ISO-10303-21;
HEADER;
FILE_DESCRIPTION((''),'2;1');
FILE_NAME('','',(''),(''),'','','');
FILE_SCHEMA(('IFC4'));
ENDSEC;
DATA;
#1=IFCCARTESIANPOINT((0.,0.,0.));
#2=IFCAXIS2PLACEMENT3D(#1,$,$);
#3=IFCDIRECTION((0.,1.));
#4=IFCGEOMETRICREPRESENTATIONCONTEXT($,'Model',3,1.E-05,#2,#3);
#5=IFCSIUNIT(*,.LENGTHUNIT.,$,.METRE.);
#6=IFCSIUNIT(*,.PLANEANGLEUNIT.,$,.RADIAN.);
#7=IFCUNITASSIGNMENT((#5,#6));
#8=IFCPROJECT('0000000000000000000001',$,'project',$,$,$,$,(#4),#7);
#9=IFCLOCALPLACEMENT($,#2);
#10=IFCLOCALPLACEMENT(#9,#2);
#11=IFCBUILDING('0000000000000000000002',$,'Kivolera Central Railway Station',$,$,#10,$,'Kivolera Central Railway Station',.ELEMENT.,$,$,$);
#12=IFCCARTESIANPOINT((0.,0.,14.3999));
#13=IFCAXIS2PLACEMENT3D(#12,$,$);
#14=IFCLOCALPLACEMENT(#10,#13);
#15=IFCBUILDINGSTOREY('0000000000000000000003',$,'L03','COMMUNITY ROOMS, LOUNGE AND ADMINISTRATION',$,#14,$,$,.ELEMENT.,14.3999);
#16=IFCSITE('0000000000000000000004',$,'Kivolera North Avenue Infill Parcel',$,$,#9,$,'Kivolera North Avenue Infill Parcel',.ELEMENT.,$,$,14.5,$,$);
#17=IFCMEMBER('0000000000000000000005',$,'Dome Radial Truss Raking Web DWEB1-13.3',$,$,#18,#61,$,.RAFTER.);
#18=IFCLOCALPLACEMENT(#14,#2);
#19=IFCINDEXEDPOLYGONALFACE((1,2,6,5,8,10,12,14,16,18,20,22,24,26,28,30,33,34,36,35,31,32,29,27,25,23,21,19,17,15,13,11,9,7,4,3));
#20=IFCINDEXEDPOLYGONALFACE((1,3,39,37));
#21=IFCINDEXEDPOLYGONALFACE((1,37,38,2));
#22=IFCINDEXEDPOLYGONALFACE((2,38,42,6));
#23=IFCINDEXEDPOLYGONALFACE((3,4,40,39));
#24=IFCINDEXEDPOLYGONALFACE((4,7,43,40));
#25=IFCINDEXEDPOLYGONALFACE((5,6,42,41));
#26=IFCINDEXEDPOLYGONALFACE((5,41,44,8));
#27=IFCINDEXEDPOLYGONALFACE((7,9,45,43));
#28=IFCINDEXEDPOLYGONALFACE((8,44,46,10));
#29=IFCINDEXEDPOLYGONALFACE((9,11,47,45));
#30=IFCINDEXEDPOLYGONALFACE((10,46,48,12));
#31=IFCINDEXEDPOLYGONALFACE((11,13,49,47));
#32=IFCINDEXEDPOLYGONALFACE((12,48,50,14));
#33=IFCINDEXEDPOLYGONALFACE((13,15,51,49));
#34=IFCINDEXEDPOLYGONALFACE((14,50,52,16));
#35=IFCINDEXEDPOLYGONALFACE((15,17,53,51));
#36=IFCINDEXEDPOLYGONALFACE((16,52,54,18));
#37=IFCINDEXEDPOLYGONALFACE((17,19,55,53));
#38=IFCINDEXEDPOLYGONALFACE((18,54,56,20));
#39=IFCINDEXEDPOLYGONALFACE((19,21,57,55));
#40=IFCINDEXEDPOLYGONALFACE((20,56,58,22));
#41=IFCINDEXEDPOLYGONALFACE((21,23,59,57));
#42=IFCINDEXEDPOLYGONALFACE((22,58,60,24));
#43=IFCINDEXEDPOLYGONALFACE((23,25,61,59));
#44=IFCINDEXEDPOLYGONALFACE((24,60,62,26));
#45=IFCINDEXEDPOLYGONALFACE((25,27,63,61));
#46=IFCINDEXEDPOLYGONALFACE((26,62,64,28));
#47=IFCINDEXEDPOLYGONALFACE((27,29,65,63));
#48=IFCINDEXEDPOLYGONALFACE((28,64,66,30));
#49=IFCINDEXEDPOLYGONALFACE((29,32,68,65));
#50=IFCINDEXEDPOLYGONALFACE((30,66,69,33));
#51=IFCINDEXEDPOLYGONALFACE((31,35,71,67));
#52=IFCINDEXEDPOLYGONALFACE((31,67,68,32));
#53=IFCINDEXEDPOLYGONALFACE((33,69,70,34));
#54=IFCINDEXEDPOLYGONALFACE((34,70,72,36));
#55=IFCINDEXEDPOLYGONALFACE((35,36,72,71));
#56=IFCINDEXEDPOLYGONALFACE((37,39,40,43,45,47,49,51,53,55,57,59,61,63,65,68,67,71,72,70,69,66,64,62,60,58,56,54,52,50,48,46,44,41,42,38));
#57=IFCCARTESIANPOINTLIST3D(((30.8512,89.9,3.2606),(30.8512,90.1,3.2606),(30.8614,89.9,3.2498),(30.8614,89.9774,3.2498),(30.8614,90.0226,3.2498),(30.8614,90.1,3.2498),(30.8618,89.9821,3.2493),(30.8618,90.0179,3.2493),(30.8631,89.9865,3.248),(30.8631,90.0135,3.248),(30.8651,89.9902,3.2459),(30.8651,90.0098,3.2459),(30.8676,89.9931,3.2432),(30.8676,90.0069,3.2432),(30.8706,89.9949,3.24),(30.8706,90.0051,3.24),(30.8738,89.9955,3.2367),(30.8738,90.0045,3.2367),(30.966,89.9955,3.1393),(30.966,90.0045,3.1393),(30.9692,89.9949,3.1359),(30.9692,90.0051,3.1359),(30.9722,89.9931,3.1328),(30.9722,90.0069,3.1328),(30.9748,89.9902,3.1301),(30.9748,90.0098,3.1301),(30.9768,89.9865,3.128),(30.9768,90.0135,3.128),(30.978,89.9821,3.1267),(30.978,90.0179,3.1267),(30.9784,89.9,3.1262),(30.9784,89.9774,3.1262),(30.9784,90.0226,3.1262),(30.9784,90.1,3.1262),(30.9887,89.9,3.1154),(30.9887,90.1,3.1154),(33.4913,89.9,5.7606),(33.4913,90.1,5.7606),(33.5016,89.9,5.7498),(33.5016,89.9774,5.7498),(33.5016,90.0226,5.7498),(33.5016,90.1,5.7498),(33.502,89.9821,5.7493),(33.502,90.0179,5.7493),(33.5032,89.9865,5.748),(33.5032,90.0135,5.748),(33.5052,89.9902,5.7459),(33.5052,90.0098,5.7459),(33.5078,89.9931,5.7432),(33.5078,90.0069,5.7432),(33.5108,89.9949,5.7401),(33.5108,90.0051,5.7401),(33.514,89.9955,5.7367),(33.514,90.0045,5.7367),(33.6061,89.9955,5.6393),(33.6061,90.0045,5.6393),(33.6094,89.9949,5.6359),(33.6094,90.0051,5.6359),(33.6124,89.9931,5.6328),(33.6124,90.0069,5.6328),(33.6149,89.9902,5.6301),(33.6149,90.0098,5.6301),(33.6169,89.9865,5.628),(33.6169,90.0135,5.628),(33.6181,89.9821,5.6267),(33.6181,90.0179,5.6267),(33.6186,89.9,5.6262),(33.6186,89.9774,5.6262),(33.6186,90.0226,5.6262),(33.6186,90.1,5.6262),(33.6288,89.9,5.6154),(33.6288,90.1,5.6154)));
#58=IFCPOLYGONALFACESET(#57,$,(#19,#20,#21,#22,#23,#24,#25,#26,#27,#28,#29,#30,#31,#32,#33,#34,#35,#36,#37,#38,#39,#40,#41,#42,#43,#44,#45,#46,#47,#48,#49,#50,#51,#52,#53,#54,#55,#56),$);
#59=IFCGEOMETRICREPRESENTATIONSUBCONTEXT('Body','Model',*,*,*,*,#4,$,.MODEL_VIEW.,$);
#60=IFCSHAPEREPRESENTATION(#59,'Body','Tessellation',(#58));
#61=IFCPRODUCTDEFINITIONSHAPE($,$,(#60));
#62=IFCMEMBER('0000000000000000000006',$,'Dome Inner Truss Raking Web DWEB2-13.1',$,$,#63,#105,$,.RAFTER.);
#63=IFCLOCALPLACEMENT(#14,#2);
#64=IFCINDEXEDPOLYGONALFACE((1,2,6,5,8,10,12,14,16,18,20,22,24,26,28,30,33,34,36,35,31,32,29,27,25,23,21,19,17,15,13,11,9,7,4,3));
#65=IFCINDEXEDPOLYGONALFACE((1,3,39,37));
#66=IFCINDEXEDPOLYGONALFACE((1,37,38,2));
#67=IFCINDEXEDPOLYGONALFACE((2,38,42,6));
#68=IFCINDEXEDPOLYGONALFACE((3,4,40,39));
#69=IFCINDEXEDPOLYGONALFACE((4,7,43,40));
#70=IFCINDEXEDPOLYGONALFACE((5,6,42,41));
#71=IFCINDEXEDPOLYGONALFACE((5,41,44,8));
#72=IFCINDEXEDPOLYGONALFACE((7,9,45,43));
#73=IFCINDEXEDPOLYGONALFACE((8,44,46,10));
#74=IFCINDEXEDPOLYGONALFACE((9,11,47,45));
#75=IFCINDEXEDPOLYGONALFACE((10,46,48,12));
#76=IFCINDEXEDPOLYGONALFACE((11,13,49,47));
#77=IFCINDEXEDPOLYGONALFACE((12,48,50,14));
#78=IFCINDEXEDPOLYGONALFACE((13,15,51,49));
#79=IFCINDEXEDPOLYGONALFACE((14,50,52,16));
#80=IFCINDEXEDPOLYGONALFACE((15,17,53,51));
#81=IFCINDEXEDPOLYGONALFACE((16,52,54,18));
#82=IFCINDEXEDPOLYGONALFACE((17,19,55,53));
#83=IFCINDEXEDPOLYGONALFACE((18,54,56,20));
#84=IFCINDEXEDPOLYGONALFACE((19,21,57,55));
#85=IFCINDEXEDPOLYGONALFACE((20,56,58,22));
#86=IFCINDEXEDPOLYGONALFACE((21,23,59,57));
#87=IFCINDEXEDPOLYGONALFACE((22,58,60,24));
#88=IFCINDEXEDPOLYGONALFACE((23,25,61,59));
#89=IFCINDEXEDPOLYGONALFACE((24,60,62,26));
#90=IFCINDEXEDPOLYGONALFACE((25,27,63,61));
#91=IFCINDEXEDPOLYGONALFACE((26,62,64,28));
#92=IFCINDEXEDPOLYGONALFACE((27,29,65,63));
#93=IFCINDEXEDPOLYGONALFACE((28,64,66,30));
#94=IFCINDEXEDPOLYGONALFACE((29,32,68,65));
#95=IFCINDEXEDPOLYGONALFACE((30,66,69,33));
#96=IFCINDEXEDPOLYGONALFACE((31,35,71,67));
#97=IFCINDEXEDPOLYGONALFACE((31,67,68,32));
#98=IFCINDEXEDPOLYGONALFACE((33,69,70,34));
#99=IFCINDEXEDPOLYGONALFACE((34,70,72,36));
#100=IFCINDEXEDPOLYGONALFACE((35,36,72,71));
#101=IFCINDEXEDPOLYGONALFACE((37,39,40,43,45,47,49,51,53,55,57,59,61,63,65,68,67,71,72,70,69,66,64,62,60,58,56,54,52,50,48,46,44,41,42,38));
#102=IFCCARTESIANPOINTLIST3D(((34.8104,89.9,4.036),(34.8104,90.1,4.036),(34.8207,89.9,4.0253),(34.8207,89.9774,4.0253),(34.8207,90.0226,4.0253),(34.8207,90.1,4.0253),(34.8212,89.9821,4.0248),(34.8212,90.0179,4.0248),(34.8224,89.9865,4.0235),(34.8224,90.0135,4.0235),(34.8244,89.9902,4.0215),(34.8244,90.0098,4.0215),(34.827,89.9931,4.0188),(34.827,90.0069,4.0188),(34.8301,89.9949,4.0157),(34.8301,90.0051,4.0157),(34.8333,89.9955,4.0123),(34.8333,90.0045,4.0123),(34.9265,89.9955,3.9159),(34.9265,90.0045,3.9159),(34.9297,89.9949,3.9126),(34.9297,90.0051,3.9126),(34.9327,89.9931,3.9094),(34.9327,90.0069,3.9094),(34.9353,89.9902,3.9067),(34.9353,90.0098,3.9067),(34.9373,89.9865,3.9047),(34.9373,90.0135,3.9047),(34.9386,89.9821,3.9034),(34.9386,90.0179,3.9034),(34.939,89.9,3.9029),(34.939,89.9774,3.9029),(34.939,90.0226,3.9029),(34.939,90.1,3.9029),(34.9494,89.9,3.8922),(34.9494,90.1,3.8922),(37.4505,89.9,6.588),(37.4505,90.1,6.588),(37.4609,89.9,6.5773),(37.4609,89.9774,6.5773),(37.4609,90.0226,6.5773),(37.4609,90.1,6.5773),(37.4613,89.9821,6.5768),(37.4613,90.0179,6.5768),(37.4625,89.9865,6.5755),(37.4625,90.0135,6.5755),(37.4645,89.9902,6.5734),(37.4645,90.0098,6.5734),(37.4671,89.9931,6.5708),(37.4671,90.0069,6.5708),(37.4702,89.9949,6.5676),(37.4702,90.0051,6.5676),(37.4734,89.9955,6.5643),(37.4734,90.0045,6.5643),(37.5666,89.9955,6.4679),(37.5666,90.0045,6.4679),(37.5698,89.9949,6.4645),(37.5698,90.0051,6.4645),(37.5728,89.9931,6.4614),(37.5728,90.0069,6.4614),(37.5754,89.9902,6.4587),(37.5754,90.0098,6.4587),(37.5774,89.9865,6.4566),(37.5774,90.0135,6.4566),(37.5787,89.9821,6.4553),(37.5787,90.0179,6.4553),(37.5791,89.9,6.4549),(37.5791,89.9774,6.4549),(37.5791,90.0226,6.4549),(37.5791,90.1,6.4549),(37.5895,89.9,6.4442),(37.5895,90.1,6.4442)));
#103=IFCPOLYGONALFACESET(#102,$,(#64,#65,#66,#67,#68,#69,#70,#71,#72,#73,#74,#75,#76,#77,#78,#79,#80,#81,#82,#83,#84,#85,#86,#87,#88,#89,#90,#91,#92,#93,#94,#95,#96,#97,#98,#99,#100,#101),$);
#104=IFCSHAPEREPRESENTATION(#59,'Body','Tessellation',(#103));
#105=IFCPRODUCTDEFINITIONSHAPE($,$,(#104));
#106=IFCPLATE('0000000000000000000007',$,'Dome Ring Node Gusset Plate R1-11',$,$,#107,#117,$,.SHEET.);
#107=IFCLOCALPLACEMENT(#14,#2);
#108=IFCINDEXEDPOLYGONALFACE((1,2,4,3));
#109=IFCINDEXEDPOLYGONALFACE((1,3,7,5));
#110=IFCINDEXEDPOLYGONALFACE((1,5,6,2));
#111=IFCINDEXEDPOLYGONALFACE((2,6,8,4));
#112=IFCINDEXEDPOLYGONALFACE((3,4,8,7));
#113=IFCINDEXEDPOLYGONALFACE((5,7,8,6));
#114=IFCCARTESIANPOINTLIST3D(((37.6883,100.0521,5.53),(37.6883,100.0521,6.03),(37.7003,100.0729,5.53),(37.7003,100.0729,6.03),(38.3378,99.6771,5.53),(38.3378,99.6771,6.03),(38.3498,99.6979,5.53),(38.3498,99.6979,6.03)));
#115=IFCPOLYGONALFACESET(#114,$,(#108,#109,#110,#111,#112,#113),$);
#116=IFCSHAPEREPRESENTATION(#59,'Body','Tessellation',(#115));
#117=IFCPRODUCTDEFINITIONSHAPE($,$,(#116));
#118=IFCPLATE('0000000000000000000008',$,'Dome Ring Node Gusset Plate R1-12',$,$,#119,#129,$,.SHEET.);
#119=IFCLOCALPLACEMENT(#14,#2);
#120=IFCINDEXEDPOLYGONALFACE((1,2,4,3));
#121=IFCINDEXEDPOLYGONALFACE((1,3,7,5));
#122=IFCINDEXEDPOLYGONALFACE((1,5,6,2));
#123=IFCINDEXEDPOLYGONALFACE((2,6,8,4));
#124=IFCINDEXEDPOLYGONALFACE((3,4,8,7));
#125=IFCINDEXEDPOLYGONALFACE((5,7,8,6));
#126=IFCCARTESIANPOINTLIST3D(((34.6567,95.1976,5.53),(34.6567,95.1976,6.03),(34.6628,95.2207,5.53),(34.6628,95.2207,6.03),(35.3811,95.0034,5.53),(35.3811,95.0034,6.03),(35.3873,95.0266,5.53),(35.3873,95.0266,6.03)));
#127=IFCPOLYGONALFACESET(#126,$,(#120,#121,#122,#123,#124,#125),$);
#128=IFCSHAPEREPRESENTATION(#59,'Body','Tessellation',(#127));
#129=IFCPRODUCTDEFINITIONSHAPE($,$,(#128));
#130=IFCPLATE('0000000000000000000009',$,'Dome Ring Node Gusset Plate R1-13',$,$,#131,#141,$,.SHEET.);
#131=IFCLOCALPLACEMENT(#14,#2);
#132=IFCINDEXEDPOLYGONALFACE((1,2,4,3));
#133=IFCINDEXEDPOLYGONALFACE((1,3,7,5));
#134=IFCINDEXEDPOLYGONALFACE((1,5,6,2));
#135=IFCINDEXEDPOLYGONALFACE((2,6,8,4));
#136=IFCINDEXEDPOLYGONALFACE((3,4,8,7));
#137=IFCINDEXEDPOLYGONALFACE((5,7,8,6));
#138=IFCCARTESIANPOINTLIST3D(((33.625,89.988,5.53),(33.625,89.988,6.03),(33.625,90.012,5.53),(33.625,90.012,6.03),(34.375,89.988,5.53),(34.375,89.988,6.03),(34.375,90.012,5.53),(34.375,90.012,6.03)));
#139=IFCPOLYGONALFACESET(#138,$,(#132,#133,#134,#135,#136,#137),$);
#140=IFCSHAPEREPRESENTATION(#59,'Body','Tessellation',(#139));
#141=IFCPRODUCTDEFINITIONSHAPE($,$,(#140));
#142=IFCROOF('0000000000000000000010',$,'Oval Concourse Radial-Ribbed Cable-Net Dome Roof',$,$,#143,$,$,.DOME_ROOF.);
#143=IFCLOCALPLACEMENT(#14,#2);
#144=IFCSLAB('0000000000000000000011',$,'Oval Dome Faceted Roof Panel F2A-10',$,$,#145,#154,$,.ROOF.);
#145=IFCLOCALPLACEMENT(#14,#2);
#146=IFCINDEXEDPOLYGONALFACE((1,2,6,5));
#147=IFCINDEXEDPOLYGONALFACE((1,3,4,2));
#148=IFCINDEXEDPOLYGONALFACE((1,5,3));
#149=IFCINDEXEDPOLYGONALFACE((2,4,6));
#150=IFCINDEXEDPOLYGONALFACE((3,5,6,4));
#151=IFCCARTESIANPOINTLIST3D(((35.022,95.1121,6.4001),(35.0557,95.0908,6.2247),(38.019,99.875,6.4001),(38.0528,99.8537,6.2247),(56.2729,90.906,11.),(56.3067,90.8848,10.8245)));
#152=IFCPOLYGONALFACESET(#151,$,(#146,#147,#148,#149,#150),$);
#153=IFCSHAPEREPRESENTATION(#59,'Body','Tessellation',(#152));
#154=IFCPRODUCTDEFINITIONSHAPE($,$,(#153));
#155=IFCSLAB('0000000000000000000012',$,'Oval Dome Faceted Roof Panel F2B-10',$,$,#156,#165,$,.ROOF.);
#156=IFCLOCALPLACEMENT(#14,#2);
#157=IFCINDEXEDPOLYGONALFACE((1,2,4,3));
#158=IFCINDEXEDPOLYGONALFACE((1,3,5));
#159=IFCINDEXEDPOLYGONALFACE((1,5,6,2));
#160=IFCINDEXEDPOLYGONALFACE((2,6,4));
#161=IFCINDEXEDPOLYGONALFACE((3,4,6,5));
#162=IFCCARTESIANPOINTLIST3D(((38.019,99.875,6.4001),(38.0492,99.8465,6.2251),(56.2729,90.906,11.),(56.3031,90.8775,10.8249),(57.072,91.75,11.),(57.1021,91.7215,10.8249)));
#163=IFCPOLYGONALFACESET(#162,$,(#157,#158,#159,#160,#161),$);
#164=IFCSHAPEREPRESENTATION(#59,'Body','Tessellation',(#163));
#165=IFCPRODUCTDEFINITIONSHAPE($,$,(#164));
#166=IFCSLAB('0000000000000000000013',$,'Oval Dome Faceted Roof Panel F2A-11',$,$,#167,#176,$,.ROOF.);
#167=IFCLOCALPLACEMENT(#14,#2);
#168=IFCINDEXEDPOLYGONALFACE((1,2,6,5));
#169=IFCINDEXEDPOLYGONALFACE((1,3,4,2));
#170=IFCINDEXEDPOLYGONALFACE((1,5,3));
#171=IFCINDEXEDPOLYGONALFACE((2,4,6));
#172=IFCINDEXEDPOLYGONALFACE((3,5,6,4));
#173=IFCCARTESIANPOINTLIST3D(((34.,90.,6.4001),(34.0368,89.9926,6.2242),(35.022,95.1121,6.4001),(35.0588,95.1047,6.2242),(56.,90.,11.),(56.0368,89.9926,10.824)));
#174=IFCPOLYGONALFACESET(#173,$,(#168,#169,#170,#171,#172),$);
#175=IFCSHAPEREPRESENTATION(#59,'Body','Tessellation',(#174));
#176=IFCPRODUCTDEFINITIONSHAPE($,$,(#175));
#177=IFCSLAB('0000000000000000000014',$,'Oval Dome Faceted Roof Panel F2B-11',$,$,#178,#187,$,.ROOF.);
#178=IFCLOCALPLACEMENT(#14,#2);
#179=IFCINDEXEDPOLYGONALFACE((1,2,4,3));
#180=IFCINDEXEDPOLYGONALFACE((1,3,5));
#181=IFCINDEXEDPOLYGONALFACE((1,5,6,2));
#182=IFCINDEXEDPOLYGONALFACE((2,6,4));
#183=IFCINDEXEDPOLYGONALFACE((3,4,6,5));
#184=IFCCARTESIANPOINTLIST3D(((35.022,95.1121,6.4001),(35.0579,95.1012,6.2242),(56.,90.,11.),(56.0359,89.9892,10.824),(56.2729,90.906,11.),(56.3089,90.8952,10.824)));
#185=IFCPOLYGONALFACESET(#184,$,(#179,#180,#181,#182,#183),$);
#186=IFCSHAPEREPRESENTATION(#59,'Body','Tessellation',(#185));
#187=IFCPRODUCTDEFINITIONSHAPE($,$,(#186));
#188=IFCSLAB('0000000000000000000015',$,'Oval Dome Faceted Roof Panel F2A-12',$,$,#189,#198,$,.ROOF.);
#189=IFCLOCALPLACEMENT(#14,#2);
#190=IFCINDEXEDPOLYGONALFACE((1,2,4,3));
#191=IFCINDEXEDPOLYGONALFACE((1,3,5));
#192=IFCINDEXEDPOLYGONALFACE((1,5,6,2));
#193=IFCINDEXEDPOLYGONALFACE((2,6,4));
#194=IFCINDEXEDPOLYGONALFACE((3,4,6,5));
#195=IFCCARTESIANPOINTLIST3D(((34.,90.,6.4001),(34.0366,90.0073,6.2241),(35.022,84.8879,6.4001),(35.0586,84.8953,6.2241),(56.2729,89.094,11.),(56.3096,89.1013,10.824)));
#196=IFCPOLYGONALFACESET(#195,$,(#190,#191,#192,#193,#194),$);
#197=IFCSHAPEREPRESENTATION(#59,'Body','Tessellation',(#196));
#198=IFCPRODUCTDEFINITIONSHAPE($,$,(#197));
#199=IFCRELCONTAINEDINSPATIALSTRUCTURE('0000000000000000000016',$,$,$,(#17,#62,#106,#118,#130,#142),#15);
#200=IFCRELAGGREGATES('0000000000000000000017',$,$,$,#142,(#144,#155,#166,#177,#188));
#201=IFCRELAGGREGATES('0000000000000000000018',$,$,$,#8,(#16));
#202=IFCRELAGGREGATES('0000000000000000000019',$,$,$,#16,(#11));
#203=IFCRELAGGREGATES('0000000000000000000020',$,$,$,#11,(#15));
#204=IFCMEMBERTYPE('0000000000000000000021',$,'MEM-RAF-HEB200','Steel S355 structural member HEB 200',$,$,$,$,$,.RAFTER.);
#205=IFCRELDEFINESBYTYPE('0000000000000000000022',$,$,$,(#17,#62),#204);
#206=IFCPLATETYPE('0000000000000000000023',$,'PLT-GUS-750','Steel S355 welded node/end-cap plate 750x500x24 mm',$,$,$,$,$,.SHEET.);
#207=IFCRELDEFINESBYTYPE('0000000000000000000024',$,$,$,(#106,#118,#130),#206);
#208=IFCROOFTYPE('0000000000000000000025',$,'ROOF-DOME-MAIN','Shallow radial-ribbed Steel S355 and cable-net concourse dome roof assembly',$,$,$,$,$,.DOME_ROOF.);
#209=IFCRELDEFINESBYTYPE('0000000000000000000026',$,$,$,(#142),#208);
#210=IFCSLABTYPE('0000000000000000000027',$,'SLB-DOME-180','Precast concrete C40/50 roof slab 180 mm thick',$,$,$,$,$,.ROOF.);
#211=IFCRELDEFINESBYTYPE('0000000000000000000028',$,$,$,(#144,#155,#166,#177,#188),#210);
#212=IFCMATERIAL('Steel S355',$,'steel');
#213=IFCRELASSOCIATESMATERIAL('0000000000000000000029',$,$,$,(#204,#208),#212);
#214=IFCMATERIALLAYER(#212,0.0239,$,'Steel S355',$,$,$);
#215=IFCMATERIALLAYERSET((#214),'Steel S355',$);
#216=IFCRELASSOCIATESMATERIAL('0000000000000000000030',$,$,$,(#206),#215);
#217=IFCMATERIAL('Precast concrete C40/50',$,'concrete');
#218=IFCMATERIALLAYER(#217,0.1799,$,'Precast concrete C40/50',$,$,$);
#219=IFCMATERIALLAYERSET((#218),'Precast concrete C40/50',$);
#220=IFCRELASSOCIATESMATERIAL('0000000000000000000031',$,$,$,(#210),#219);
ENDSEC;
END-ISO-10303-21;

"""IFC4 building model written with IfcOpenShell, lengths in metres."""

from ifc_helpers import new_model, si_unit, direction, frame, origin, origin_2d, place, context, subcontext, project, spatial, polyline, rectangle, i_section, outline, extrude, material, layer, layer_set, material_profile, profile_set, type_object, element, aggregate, save


model = new_model("IFC4")

# Units and contexts
model_context = context("Model", 3, precision=1e-05, world=origin(), true_north=direction((0.0, 1.0)))
body_context = subcontext(model_context, "Body", "Model", "MODEL_VIEW")
ifc_project = project(units=[si_unit("LENGTHUNIT", "METRE"), si_unit("PLANEANGLEUNIT", "RADIAN")], contexts=[model_context])

# Site, building, storey
site_placement = place(None, origin())
site = spatial("IfcSite", under=ifc_project, at=site_placement, Name="Kivolera North Avenue Infill Parcel", LongName="Kivolera North Avenue Infill Parcel", CompositionType="ELEMENT", RefElevation=14.5)
building_placement = place(site_placement, origin())
building = spatial("IfcBuilding", under=site, at=building_placement, Name="Kivolera Central Railway Station", LongName="Kivolera Central Railway Station", CompositionType="ELEMENT")
storey_placement = place(building_placement, frame((0.0, 0.0, 14.3999)))
storey = spatial("IfcBuildingStorey", under=building, at=storey_placement, Name="L03", Description="COMMUNITY ROOMS, LOUNGE AND ADMINISTRATION", CompositionType="ELEMENT", Elevation=14.3999)

# Shared definitions
ifc_material_1 = material(Name="Steel S355", Category="steel")

# Members
ifc_material_profile_1 = material_profile(ifc_material_1, i_section(OverallWidth=0.2, OverallDepth=0.2, WebThickness=0.009, FlangeThickness=0.0149, FilletRadius=0.0181, at=origin_2d()), Name="HEB 200")
ifc_profile_set_1 = profile_set([ifc_material_profile_1], Name="Steel S355")
member_type_1 = type_object("IfcMemberType", Name="MEM-RAF-HEB200", Description="Steel S355 structural member HEB 200", PredefinedType="RAFTER", material=ifc_profile_set_1)
member_1_placement = place(storey_placement, frame((30.9199, 90.0, 3.188), z_axis=(0.726115, 0.0, 0.687573), x_axis=(0.0, 1.0, 0.0)))
element("IfcMember", 1, at=member_1_placement, inside=storey, type_object=member_type_1, Name="Dome Radial Truss Raking Web DWEB1-13.3", PredefinedType="RAFTER", context=body_context, shape_type="SweptSolid", body=[
    extrude(i_section(OverallWidth=0.2, OverallDepth=0.2, WebThickness=0.009, FlangeThickness=0.0149, FilletRadius=0.0181, at=origin_2d()), origin(), (0.0, 0.0, 1.0), 3.636),
])
member_2_placement = place(storey_placement, frame((34.8799, 90.0, 3.9641), z_axis=(0.719006, 0.0, 0.695004), x_axis=(0.0, 1.0, 0.0)))
element("IfcMember", 2, at=member_2_placement, inside=storey, type_object=member_type_1, Name="Dome Inner Truss Raking Web DWEB2-13.1", PredefinedType="RAFTER", context=body_context, shape_type="SweptSolid", body=[
    extrude(i_section(OverallWidth=0.2, OverallDepth=0.2, WebThickness=0.009, FlangeThickness=0.0149, FilletRadius=0.0181, at=origin_2d()), origin(), (0.0, 0.0, 1.0), 3.6719),
])

# Plates
ifc_layer_1 = layer(ifc_material_1, 0.0239, Name="Steel S355")
ifc_layer_set_1 = layer_set([ifc_layer_1], Name="Steel S355")
plate_type = type_object("IfcPlateType", Name="PLT-GUS-750", Description="Steel S355 welded node/end-cap plate 750x500x24 mm", PredefinedType="SHEET", material=ifc_layer_set_1)
for number, where, z_axis, x_axis, name in (
    (3, (38.019, 99.875, 5.53), (0.0, 0.0, 1.0), (-0.866025, 0.5, 0.0), "Dome Ring Node Gusset Plate R1-11"),
    (4, (35.022, 95.1121, 5.53), (0.0, 0.0, 1.0), (-0.965926, 0.258819, 0.0), "Dome Ring Node Gusset Plate R1-12"),
    (5, (34.0, 90.0, 5.53), (0.0, 0.0, 1.0), (-1.0, 0.0, 0.0), "Dome Ring Node Gusset Plate R1-13"),
):
    element("IfcPlate", number, at=place(storey_placement, frame(where, z_axis=z_axis, x_axis=x_axis)), inside=storey, type_object=plate_type, Name=name, PredefinedType="SHEET", context=body_context, shape_type="SweptSolid", body=[
        extrude(rectangle(XDim=0.75, YDim=0.0239, at=origin_2d()), origin(), (0.0, 0.0, 1.0), 0.5),
    ])

# Roof, slabs
roof_type = type_object("IfcRoofType", Name="ROOF-DOME-MAIN", Description="Shallow radial-ribbed Steel S355 and cable-net concourse dome roof assembly", PredefinedType="DOME_ROOF", material=ifc_material_1)
roof_placement = place(storey_placement, origin())
roof = element("IfcRoof", 6, at=roof_placement, inside=storey, type_object=roof_type, Name="Oval Concourse Radial-Ribbed Cable-Net Dome Roof", PredefinedType="DOME_ROOF")
ifc_material_2 = material(Name="Precast concrete C40/50", Category="concrete")
ifc_layer_2 = layer(ifc_material_2, 0.1799, Name="Precast concrete C40/50")
ifc_layer_set_2 = layer_set([ifc_layer_2], Name="Precast concrete C40/50")
slab_type = type_object("IfcSlabType", Name="SLB-DOME-180", Description="Precast concrete C40/50 roof slab 180 mm thick", PredefinedType="ROOF", material=ifc_layer_set_2)
slab_1_placement = place(storey_placement, frame((38.019, 99.875, 6.4001), z_axis=(-0.187689, 0.118103, 0.975102), x_axis=(-0.532582, -0.846378, 0.0)))
slab_1 = element("IfcSlab", 7, at=slab_1_placement, type_object=slab_type, Name="Oval Dome Faceted Roof Panel F2A-10", PredefinedType="ROOF", context=body_context, shape_type="SweptSolid", body=[
    extrude(outline(polyline([(0.0, 0.0), (5.6274, 0.0), (-2.1305, 20.7429), (0.0, 0.0)])), origin(), (0.0, 0.0, -1.0), 0.1799),
])
slab_2_placement = place(storey_placement, frame((38.019, 99.875, 6.4001), z_axis=(-0.167356, 0.158449, 0.973081), x_axis=(0.875402, -0.430126, 0.220595)))
slab_2 = element("IfcSlab", 8, at=slab_2_placement, type_object=slab_type, Name="Oval Dome Faceted Roof Panel F2B-10", PredefinedType="ROOF", context=body_context, shape_type="SweptSolid", body=[
    extrude(outline(polyline([(0.0, 0.0), (20.852, 0.0), (21.1885, 1.1125), (0.0, 0.0)])), origin(), (0.0, 0.0, -1.0), 0.1799),
])
slab_3_placement = place(storey_placement, frame((35.022, 95.1121, 6.4001), z_axis=(-0.204488, 0.04088, 0.978015), x_axis=(-0.196035, -0.980597, 0.0)))
slab_3 = element("IfcSlab", 9, at=slab_3_placement, type_object=slab_type, Name="Oval Dome Faceted Roof Panel F2A-11", PredefinedType="ROOF", context=body_context, shape_type="SweptSolid", body=[
    extrude(outline(polyline([(0.0, 0.0), (5.2132, 0.0), (0.9004, 22.0581), (0.0, 0.0)])), origin(), (0.0, 0.0, -1.0), 0.1799),
])
slab_4_placement = place(storey_placement, frame((35.022, 95.1121, 6.4001), z_axis=(-0.199778, 0.060186, 0.977991), x_axis=(0.950245, -0.231562, 0.20836)))
slab_4 = element("IfcSlab", 10, at=slab_4_placement, type_object=slab_type, Name="Oval Dome Faceted Roof Panel F2B-11", PredefinedType="ROOF", context=body_context, shape_type="SweptSolid", body=[
    extrude(outline(polyline([(0.0, 0.0), (22.0764, 0.0), (22.126, 0.9449), (0.0, 0.0)])), origin(), (0.0, 0.0, -1.0), 0.1799),
])
slab_5_placement = place(storey_placement, frame((34.0, 90.0, 6.4001), z_axis=(-0.203674, -0.040717, 0.978192), x_axis=(0.196035, -0.980597, 0.0)))
slab_5 = element("IfcSlab", 11, at=slab_5_placement, type_object=slab_type, Name="Oval Dome Faceted Roof Panel F2A-12", PredefinedType="ROOF", context=body_context, shape_type="SweptSolid", body=[
    extrude(outline(polyline([(0.0, 0.0), (5.2132, 0.0), (5.2547, 22.1461), (0.0, 0.0)])), origin(), (0.0, 0.0, -1.0), 0.1799),
])
aggregate(roof, [slab_1, slab_2, slab_3, slab_4, slab_5])

save(model, "model.ifc")
